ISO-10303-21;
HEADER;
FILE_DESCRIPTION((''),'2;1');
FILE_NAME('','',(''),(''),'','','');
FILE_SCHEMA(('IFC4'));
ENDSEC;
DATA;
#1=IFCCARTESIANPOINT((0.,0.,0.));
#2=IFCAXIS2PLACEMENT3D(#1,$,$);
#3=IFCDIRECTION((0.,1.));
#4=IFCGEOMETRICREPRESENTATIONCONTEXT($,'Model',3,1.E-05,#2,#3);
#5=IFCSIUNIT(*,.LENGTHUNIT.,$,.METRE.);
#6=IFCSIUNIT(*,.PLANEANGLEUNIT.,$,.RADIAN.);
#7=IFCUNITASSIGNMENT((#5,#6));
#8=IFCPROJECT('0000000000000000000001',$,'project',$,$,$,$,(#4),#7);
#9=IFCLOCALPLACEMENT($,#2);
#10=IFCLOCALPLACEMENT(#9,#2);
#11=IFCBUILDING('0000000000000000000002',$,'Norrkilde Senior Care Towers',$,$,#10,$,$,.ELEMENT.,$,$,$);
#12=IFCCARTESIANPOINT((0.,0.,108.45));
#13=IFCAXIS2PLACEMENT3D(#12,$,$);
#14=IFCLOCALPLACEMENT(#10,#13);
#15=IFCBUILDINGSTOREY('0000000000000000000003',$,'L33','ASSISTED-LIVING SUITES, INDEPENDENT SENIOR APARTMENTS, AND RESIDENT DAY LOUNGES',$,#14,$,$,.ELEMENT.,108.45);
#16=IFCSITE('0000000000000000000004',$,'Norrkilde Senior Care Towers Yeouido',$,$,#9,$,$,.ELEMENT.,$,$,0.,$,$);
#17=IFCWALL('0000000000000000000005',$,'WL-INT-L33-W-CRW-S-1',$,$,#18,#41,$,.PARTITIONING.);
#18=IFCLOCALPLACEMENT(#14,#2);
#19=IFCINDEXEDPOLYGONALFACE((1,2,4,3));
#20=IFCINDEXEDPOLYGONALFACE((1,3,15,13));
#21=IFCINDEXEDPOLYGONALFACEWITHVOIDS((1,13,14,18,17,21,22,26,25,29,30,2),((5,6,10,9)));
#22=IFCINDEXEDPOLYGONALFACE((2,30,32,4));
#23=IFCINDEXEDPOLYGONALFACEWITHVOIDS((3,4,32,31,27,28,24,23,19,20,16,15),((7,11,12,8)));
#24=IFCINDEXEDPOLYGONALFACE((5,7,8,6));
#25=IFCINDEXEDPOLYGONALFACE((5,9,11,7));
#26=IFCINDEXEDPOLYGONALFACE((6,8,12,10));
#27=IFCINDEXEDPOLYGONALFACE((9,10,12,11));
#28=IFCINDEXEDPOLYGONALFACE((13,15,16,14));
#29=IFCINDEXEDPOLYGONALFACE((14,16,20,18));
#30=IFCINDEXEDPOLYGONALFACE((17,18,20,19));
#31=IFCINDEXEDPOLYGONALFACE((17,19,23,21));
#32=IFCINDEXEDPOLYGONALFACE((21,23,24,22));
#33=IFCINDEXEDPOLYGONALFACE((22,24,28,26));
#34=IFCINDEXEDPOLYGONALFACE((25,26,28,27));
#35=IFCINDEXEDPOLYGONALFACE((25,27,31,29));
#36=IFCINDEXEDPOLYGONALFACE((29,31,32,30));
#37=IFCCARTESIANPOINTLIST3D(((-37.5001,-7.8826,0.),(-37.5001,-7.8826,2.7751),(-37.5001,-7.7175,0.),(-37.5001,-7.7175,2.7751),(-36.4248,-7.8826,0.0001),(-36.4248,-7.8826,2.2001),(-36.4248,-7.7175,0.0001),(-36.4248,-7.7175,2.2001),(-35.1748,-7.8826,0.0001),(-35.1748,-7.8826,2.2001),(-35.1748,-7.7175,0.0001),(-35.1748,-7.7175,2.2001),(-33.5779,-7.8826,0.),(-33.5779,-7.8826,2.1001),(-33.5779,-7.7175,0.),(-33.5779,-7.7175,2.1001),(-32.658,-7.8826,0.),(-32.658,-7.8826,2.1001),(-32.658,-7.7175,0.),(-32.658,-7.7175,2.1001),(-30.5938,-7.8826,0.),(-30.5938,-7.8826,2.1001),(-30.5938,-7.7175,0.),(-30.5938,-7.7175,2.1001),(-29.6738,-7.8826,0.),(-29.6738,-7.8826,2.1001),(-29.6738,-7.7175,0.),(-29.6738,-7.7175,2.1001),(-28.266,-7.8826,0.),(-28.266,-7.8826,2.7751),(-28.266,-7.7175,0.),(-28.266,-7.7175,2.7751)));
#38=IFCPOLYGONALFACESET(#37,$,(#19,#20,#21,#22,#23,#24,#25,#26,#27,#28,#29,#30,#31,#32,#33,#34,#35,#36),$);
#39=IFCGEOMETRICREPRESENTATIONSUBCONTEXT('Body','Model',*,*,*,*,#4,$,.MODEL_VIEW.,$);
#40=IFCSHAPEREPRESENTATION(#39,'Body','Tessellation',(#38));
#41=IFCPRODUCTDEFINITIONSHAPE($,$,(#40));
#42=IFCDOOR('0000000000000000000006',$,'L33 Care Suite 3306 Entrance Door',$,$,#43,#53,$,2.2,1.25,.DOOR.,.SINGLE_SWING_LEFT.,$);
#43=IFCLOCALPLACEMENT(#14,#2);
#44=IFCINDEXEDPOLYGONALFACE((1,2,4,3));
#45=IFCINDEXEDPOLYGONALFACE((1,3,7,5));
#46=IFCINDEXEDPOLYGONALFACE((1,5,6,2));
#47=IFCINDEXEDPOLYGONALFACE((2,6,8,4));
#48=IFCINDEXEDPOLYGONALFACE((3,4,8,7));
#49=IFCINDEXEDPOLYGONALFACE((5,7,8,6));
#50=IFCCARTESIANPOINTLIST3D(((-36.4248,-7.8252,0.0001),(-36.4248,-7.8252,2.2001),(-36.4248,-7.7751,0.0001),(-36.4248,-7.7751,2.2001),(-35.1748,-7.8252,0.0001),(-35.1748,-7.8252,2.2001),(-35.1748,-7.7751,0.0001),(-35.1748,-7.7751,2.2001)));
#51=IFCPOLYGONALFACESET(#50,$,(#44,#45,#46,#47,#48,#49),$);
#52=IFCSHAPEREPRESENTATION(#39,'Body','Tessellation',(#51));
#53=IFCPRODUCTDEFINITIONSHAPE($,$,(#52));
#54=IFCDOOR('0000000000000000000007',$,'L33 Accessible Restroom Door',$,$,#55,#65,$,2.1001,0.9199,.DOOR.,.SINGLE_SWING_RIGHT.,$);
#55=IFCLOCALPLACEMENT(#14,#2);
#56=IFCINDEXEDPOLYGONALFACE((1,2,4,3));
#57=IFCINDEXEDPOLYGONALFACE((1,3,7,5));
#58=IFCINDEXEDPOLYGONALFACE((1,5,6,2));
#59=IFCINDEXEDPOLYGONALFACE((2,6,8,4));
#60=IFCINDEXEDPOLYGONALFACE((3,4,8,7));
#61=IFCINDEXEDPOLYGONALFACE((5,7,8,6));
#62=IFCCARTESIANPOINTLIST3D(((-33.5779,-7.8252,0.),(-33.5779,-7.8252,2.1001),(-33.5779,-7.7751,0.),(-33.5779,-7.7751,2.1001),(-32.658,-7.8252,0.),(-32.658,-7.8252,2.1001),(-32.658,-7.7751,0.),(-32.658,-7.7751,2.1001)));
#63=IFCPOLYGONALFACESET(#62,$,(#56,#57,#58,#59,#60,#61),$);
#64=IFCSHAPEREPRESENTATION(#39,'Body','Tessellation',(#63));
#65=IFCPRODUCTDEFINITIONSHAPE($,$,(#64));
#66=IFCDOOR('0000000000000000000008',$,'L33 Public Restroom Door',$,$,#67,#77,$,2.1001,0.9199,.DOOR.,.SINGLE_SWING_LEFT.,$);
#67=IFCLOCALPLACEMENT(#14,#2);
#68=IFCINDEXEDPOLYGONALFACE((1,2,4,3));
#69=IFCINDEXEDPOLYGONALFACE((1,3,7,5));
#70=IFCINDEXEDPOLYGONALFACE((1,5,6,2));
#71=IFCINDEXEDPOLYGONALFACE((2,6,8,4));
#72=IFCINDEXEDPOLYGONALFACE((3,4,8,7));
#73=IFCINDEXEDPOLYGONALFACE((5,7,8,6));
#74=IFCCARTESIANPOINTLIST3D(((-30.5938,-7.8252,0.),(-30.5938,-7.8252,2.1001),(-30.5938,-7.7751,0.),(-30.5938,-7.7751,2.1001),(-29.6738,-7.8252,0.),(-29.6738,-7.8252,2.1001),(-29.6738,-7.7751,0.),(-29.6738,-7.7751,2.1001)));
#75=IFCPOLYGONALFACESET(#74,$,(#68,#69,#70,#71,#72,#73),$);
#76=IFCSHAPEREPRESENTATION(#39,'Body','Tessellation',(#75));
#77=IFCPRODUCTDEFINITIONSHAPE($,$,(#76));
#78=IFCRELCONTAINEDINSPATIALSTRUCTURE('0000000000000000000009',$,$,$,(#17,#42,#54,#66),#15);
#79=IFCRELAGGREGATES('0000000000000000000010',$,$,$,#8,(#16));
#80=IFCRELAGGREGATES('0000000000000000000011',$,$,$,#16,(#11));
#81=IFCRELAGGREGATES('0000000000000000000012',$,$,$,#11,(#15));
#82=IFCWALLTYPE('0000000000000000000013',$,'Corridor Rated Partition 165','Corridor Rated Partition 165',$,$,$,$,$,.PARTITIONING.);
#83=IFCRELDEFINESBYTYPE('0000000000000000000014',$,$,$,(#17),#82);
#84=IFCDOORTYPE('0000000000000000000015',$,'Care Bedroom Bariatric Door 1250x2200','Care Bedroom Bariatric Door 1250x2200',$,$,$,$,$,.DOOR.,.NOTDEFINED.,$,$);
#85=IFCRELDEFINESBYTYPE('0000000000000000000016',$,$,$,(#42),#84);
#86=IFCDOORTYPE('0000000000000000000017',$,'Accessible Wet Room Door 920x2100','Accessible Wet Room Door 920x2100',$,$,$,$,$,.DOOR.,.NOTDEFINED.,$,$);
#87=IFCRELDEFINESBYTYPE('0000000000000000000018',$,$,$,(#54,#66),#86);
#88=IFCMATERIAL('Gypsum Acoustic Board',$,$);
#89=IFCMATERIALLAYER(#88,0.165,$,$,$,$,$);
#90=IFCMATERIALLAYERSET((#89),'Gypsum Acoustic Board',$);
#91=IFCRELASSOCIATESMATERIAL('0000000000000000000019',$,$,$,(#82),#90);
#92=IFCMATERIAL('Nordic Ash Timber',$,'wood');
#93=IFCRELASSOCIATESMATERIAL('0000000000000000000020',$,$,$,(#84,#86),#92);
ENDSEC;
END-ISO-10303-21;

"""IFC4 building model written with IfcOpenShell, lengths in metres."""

from ifc_helpers import new_model, si_unit, direction, frame, frame_2d, origin, place, context, subcontext, project, spatial, rectangle, extrude, source, transform, mapped, material, layer, layer_set, type_object, type_shapes, element, fill, save


model = new_model("IFC4")

# Units and contexts
model_context = context("Model", 3, precision=1e-05, world=origin(), true_north=direction((0.0, 1.0)))
body_context = subcontext(model_context, "Body", "Model", "MODEL_VIEW")
ifc_project = project(units=[si_unit("LENGTHUNIT", "METRE"), si_unit("PLANEANGLEUNIT", "RADIAN")], contexts=[model_context])

# Site, building, storey
site_placement = place(None, origin())
site = spatial("IfcSite", under=ifc_project, at=site_placement, Name="Norrkilde Senior Care Towers Yeouido", CompositionType="ELEMENT", RefElevation=0.0)
building_placement = place(site_placement, origin())
building = spatial("IfcBuilding", under=site, at=building_placement, Name="Norrkilde Senior Care Towers", CompositionType="ELEMENT")
storey_placement = place(building_placement, frame((0.0, 0.0, 108.45)))
storey = spatial("IfcBuildingStorey", under=building, at=storey_placement, Name="L33", Description="ASSISTED-LIVING SUITES, INDEPENDENT SENIOR APARTMENTS, AND RESIDENT DAY LOUNGES", CompositionType="ELEMENT", Elevation=108.45)

# Shared definitions
ifc_material_1 = material(Name="Gypsum Acoustic Board")

# Wall, openings, doors
ifc_layer_1 = layer(ifc_material_1, 0.165)
ifc_layer_set_1 = layer_set([ifc_layer_1], Name="Gypsum Acoustic Board")
wall_type_1 = type_object("IfcWallType", Name="Corridor Rated Partition 165", Description="Corridor Rated Partition 165", PredefinedType="PARTITIONING", material=ifc_layer_set_1)
shared_shape_1 = source(origin(), body_context, "Body", "SweptSolid", [
    extrude(rectangle(XDim=9.2341, YDim=0.165, at=frame_2d((4.6172, 0.0))), origin(), (0.0, 0.0, 1.0), 2.7751),
])
type_shapes(wall_type_1, [shared_shape_1])
wall_1_placement = place(storey_placement, frame((-28.2659, -7.8, 0.0), z_axis=(0.0, 0.0, 1.0), x_axis=(-1.0, 0.0, 0.0)))
wall_1 = element("IfcWall", 1, at=wall_1_placement, inside=storey, type_object=wall_type_1, Name="WL-INT-L33-W-CRW-S-1", PredefinedType="PARTITIONING", context=body_context, shape_type="MappedRepresentation", body=[
    mapped(shared_shape_1, transform((0.0, 0.0, 0.0), x_axis=(1.0, 0.0, 0.0), y_axis=(0.0, 1.0, 0.0), z_axis=(0.0, 0.0, 1.0), scale=1.0)),
])
opening_1_placement = place(wall_1_placement, frame((6.9089, 0.0, 0.0)))
opening_1 = element("IfcOpeningElement", 2, at=opening_1_placement, cuts=wall_1, PredefinedType="OPENING", context=body_context, shape_type="SweptSolid", body=[
    extrude(rectangle(XDim=1.25, YDim=2.2, at=frame_2d((0.625, 1.1001))), frame((0.0, 0.0925, 0.0), z_axis=(0.0, -1.0, 0.0), x_axis=(1.0, 0.0, 0.0)), (0.0, 0.0, 1.0), 0.1851),
])
opening_2_placement = place(wall_1_placement, frame((4.3921, 0.0, 0.0)))
opening_2 = element("IfcOpeningElement", 3, at=opening_2_placement, cuts=wall_1, PredefinedType="OPENING", context=body_context, shape_type="SweptSolid", body=[
    extrude(rectangle(XDim=0.9199, YDim=2.1001, at=frame_2d((0.46, 1.05))), frame((0.0, 0.0925, 0.0), z_axis=(0.0, -1.0, 0.0), x_axis=(1.0, 0.0, 0.0)), (0.0, 0.0, 1.0), 0.1851),
])
opening_3_placement = place(wall_1_placement, frame((1.408, 0.0, 0.0)))
opening_3 = element("IfcOpeningElement", 4, at=opening_3_placement, cuts=wall_1, PredefinedType="OPENING", context=body_context, shape_type="SweptSolid", body=[
    extrude(rectangle(XDim=0.9199, YDim=2.1001, at=frame_2d((0.46, 1.05))), frame((0.0, 0.0925, 0.0), z_axis=(0.0, -1.0, 0.0), x_axis=(1.0, 0.0, 0.0)), (0.0, 0.0, 1.0), 0.1851),
])
ifc_material_2 = material(Name="Nordic Ash Timber", Category="wood")
door_type_1 = type_object("IfcDoorType", Name="Care Bedroom Bariatric Door 1250x2200", Description="Care Bedroom Bariatric Door 1250x2200", OperationType="NOTDEFINED", PredefinedType="DOOR", material=ifc_material_2)
shared_shape_2 = source(origin(), body_context, "Body", "SweptSolid", [
    extrude(rectangle(XDim=1.25, YDim=2.2, at=frame_2d((0.625, 1.1001))), frame((0.0, 0.0249, 0.0), z_axis=(0.0, -1.0, 0.0), x_axis=(1.0, 0.0, 0.0)), (0.0, 0.0, 1.0), 0.05),
])
type_shapes(door_type_1, [shared_shape_2])
door_1_placement = place(opening_1_placement, frame((1.25, 0.0, 0.0), z_axis=(0.0, 0.0, 1.0), x_axis=(-1.0, 0.0, 0.0)))
door_1 = element("IfcDoor", 5, at=door_1_placement, inside=storey, type_object=door_type_1, Name="L33 Care Suite 3306 Entrance Door", OperationType="SINGLE_SWING_LEFT", OverallHeight=2.2, OverallWidth=1.25, PredefinedType="DOOR", context=body_context, shape_type="MappedRepresentation", body=[
    mapped(shared_shape_2, transform((0.0, 0.0, 0.0), x_axis=(1.0, 0.0, 0.0), y_axis=(0.0, 1.0, 0.0), z_axis=(0.0, 0.0, 1.0), scale=1.0)),
])
fill(opening_1, door_1)
door_type_2 = type_object("IfcDoorType", Name="Accessible Wet Room Door 920x2100", Description="Accessible Wet Room Door 920x2100", OperationType="NOTDEFINED", PredefinedType="DOOR", material=ifc_material_2)
shared_shape_3 = source(origin(), body_context, "Body", "SweptSolid", [
    extrude(rectangle(XDim=0.9199, YDim=2.1001, at=frame_2d((0.46, 1.05))), frame((0.0, 0.0249, 0.0), z_axis=(0.0, -1.0, 0.0), x_axis=(1.0, 0.0, 0.0)), (0.0, 0.0, 1.0), 0.05),
])
type_shapes(door_type_2, [shared_shape_3])
door_2_placement = place(opening_2_placement, frame((0.9199, 0.0, 0.0), z_axis=(0.0, 0.0, 1.0), x_axis=(-1.0, 0.0, 0.0)))
door_2 = element("IfcDoor", 6, at=door_2_placement, inside=storey, type_object=door_type_2, Name="L33 Accessible Restroom Door", OperationType="SINGLE_SWING_RIGHT", OverallHeight=2.1001, OverallWidth=0.9199, PredefinedType="DOOR", context=body_context, shape_type="MappedRepresentation", body=[
    mapped(shared_shape_3, transform((0.0, 0.0, 0.0), x_axis=(1.0, 0.0, 0.0), y_axis=(0.0, 1.0, 0.0), z_axis=(0.0, 0.0, 1.0), scale=1.0)),
])
fill(opening_2, door_2)
door_3_placement = place(opening_3_placement, frame((0.9199, 0.0, 0.0), z_axis=(0.0, 0.0, 1.0), x_axis=(-1.0, 0.0, 0.0)))
door_3 = element("IfcDoor", 7, at=door_3_placement, inside=storey, type_object=door_type_2, Name="L33 Public Restroom Door", OperationType="SINGLE_SWING_LEFT", OverallHeight=2.1001, OverallWidth=0.9199, PredefinedType="DOOR", context=body_context, shape_type="MappedRepresentation", body=[
    mapped(shared_shape_3, transform((0.0, 0.0, 0.0), x_axis=(1.0, 0.0, 0.0), y_axis=(0.0, 1.0, 0.0), z_axis=(0.0, 0.0, 1.0), scale=1.0)),
])
fill(opening_3, door_3)

save(model, "model.ifc")
